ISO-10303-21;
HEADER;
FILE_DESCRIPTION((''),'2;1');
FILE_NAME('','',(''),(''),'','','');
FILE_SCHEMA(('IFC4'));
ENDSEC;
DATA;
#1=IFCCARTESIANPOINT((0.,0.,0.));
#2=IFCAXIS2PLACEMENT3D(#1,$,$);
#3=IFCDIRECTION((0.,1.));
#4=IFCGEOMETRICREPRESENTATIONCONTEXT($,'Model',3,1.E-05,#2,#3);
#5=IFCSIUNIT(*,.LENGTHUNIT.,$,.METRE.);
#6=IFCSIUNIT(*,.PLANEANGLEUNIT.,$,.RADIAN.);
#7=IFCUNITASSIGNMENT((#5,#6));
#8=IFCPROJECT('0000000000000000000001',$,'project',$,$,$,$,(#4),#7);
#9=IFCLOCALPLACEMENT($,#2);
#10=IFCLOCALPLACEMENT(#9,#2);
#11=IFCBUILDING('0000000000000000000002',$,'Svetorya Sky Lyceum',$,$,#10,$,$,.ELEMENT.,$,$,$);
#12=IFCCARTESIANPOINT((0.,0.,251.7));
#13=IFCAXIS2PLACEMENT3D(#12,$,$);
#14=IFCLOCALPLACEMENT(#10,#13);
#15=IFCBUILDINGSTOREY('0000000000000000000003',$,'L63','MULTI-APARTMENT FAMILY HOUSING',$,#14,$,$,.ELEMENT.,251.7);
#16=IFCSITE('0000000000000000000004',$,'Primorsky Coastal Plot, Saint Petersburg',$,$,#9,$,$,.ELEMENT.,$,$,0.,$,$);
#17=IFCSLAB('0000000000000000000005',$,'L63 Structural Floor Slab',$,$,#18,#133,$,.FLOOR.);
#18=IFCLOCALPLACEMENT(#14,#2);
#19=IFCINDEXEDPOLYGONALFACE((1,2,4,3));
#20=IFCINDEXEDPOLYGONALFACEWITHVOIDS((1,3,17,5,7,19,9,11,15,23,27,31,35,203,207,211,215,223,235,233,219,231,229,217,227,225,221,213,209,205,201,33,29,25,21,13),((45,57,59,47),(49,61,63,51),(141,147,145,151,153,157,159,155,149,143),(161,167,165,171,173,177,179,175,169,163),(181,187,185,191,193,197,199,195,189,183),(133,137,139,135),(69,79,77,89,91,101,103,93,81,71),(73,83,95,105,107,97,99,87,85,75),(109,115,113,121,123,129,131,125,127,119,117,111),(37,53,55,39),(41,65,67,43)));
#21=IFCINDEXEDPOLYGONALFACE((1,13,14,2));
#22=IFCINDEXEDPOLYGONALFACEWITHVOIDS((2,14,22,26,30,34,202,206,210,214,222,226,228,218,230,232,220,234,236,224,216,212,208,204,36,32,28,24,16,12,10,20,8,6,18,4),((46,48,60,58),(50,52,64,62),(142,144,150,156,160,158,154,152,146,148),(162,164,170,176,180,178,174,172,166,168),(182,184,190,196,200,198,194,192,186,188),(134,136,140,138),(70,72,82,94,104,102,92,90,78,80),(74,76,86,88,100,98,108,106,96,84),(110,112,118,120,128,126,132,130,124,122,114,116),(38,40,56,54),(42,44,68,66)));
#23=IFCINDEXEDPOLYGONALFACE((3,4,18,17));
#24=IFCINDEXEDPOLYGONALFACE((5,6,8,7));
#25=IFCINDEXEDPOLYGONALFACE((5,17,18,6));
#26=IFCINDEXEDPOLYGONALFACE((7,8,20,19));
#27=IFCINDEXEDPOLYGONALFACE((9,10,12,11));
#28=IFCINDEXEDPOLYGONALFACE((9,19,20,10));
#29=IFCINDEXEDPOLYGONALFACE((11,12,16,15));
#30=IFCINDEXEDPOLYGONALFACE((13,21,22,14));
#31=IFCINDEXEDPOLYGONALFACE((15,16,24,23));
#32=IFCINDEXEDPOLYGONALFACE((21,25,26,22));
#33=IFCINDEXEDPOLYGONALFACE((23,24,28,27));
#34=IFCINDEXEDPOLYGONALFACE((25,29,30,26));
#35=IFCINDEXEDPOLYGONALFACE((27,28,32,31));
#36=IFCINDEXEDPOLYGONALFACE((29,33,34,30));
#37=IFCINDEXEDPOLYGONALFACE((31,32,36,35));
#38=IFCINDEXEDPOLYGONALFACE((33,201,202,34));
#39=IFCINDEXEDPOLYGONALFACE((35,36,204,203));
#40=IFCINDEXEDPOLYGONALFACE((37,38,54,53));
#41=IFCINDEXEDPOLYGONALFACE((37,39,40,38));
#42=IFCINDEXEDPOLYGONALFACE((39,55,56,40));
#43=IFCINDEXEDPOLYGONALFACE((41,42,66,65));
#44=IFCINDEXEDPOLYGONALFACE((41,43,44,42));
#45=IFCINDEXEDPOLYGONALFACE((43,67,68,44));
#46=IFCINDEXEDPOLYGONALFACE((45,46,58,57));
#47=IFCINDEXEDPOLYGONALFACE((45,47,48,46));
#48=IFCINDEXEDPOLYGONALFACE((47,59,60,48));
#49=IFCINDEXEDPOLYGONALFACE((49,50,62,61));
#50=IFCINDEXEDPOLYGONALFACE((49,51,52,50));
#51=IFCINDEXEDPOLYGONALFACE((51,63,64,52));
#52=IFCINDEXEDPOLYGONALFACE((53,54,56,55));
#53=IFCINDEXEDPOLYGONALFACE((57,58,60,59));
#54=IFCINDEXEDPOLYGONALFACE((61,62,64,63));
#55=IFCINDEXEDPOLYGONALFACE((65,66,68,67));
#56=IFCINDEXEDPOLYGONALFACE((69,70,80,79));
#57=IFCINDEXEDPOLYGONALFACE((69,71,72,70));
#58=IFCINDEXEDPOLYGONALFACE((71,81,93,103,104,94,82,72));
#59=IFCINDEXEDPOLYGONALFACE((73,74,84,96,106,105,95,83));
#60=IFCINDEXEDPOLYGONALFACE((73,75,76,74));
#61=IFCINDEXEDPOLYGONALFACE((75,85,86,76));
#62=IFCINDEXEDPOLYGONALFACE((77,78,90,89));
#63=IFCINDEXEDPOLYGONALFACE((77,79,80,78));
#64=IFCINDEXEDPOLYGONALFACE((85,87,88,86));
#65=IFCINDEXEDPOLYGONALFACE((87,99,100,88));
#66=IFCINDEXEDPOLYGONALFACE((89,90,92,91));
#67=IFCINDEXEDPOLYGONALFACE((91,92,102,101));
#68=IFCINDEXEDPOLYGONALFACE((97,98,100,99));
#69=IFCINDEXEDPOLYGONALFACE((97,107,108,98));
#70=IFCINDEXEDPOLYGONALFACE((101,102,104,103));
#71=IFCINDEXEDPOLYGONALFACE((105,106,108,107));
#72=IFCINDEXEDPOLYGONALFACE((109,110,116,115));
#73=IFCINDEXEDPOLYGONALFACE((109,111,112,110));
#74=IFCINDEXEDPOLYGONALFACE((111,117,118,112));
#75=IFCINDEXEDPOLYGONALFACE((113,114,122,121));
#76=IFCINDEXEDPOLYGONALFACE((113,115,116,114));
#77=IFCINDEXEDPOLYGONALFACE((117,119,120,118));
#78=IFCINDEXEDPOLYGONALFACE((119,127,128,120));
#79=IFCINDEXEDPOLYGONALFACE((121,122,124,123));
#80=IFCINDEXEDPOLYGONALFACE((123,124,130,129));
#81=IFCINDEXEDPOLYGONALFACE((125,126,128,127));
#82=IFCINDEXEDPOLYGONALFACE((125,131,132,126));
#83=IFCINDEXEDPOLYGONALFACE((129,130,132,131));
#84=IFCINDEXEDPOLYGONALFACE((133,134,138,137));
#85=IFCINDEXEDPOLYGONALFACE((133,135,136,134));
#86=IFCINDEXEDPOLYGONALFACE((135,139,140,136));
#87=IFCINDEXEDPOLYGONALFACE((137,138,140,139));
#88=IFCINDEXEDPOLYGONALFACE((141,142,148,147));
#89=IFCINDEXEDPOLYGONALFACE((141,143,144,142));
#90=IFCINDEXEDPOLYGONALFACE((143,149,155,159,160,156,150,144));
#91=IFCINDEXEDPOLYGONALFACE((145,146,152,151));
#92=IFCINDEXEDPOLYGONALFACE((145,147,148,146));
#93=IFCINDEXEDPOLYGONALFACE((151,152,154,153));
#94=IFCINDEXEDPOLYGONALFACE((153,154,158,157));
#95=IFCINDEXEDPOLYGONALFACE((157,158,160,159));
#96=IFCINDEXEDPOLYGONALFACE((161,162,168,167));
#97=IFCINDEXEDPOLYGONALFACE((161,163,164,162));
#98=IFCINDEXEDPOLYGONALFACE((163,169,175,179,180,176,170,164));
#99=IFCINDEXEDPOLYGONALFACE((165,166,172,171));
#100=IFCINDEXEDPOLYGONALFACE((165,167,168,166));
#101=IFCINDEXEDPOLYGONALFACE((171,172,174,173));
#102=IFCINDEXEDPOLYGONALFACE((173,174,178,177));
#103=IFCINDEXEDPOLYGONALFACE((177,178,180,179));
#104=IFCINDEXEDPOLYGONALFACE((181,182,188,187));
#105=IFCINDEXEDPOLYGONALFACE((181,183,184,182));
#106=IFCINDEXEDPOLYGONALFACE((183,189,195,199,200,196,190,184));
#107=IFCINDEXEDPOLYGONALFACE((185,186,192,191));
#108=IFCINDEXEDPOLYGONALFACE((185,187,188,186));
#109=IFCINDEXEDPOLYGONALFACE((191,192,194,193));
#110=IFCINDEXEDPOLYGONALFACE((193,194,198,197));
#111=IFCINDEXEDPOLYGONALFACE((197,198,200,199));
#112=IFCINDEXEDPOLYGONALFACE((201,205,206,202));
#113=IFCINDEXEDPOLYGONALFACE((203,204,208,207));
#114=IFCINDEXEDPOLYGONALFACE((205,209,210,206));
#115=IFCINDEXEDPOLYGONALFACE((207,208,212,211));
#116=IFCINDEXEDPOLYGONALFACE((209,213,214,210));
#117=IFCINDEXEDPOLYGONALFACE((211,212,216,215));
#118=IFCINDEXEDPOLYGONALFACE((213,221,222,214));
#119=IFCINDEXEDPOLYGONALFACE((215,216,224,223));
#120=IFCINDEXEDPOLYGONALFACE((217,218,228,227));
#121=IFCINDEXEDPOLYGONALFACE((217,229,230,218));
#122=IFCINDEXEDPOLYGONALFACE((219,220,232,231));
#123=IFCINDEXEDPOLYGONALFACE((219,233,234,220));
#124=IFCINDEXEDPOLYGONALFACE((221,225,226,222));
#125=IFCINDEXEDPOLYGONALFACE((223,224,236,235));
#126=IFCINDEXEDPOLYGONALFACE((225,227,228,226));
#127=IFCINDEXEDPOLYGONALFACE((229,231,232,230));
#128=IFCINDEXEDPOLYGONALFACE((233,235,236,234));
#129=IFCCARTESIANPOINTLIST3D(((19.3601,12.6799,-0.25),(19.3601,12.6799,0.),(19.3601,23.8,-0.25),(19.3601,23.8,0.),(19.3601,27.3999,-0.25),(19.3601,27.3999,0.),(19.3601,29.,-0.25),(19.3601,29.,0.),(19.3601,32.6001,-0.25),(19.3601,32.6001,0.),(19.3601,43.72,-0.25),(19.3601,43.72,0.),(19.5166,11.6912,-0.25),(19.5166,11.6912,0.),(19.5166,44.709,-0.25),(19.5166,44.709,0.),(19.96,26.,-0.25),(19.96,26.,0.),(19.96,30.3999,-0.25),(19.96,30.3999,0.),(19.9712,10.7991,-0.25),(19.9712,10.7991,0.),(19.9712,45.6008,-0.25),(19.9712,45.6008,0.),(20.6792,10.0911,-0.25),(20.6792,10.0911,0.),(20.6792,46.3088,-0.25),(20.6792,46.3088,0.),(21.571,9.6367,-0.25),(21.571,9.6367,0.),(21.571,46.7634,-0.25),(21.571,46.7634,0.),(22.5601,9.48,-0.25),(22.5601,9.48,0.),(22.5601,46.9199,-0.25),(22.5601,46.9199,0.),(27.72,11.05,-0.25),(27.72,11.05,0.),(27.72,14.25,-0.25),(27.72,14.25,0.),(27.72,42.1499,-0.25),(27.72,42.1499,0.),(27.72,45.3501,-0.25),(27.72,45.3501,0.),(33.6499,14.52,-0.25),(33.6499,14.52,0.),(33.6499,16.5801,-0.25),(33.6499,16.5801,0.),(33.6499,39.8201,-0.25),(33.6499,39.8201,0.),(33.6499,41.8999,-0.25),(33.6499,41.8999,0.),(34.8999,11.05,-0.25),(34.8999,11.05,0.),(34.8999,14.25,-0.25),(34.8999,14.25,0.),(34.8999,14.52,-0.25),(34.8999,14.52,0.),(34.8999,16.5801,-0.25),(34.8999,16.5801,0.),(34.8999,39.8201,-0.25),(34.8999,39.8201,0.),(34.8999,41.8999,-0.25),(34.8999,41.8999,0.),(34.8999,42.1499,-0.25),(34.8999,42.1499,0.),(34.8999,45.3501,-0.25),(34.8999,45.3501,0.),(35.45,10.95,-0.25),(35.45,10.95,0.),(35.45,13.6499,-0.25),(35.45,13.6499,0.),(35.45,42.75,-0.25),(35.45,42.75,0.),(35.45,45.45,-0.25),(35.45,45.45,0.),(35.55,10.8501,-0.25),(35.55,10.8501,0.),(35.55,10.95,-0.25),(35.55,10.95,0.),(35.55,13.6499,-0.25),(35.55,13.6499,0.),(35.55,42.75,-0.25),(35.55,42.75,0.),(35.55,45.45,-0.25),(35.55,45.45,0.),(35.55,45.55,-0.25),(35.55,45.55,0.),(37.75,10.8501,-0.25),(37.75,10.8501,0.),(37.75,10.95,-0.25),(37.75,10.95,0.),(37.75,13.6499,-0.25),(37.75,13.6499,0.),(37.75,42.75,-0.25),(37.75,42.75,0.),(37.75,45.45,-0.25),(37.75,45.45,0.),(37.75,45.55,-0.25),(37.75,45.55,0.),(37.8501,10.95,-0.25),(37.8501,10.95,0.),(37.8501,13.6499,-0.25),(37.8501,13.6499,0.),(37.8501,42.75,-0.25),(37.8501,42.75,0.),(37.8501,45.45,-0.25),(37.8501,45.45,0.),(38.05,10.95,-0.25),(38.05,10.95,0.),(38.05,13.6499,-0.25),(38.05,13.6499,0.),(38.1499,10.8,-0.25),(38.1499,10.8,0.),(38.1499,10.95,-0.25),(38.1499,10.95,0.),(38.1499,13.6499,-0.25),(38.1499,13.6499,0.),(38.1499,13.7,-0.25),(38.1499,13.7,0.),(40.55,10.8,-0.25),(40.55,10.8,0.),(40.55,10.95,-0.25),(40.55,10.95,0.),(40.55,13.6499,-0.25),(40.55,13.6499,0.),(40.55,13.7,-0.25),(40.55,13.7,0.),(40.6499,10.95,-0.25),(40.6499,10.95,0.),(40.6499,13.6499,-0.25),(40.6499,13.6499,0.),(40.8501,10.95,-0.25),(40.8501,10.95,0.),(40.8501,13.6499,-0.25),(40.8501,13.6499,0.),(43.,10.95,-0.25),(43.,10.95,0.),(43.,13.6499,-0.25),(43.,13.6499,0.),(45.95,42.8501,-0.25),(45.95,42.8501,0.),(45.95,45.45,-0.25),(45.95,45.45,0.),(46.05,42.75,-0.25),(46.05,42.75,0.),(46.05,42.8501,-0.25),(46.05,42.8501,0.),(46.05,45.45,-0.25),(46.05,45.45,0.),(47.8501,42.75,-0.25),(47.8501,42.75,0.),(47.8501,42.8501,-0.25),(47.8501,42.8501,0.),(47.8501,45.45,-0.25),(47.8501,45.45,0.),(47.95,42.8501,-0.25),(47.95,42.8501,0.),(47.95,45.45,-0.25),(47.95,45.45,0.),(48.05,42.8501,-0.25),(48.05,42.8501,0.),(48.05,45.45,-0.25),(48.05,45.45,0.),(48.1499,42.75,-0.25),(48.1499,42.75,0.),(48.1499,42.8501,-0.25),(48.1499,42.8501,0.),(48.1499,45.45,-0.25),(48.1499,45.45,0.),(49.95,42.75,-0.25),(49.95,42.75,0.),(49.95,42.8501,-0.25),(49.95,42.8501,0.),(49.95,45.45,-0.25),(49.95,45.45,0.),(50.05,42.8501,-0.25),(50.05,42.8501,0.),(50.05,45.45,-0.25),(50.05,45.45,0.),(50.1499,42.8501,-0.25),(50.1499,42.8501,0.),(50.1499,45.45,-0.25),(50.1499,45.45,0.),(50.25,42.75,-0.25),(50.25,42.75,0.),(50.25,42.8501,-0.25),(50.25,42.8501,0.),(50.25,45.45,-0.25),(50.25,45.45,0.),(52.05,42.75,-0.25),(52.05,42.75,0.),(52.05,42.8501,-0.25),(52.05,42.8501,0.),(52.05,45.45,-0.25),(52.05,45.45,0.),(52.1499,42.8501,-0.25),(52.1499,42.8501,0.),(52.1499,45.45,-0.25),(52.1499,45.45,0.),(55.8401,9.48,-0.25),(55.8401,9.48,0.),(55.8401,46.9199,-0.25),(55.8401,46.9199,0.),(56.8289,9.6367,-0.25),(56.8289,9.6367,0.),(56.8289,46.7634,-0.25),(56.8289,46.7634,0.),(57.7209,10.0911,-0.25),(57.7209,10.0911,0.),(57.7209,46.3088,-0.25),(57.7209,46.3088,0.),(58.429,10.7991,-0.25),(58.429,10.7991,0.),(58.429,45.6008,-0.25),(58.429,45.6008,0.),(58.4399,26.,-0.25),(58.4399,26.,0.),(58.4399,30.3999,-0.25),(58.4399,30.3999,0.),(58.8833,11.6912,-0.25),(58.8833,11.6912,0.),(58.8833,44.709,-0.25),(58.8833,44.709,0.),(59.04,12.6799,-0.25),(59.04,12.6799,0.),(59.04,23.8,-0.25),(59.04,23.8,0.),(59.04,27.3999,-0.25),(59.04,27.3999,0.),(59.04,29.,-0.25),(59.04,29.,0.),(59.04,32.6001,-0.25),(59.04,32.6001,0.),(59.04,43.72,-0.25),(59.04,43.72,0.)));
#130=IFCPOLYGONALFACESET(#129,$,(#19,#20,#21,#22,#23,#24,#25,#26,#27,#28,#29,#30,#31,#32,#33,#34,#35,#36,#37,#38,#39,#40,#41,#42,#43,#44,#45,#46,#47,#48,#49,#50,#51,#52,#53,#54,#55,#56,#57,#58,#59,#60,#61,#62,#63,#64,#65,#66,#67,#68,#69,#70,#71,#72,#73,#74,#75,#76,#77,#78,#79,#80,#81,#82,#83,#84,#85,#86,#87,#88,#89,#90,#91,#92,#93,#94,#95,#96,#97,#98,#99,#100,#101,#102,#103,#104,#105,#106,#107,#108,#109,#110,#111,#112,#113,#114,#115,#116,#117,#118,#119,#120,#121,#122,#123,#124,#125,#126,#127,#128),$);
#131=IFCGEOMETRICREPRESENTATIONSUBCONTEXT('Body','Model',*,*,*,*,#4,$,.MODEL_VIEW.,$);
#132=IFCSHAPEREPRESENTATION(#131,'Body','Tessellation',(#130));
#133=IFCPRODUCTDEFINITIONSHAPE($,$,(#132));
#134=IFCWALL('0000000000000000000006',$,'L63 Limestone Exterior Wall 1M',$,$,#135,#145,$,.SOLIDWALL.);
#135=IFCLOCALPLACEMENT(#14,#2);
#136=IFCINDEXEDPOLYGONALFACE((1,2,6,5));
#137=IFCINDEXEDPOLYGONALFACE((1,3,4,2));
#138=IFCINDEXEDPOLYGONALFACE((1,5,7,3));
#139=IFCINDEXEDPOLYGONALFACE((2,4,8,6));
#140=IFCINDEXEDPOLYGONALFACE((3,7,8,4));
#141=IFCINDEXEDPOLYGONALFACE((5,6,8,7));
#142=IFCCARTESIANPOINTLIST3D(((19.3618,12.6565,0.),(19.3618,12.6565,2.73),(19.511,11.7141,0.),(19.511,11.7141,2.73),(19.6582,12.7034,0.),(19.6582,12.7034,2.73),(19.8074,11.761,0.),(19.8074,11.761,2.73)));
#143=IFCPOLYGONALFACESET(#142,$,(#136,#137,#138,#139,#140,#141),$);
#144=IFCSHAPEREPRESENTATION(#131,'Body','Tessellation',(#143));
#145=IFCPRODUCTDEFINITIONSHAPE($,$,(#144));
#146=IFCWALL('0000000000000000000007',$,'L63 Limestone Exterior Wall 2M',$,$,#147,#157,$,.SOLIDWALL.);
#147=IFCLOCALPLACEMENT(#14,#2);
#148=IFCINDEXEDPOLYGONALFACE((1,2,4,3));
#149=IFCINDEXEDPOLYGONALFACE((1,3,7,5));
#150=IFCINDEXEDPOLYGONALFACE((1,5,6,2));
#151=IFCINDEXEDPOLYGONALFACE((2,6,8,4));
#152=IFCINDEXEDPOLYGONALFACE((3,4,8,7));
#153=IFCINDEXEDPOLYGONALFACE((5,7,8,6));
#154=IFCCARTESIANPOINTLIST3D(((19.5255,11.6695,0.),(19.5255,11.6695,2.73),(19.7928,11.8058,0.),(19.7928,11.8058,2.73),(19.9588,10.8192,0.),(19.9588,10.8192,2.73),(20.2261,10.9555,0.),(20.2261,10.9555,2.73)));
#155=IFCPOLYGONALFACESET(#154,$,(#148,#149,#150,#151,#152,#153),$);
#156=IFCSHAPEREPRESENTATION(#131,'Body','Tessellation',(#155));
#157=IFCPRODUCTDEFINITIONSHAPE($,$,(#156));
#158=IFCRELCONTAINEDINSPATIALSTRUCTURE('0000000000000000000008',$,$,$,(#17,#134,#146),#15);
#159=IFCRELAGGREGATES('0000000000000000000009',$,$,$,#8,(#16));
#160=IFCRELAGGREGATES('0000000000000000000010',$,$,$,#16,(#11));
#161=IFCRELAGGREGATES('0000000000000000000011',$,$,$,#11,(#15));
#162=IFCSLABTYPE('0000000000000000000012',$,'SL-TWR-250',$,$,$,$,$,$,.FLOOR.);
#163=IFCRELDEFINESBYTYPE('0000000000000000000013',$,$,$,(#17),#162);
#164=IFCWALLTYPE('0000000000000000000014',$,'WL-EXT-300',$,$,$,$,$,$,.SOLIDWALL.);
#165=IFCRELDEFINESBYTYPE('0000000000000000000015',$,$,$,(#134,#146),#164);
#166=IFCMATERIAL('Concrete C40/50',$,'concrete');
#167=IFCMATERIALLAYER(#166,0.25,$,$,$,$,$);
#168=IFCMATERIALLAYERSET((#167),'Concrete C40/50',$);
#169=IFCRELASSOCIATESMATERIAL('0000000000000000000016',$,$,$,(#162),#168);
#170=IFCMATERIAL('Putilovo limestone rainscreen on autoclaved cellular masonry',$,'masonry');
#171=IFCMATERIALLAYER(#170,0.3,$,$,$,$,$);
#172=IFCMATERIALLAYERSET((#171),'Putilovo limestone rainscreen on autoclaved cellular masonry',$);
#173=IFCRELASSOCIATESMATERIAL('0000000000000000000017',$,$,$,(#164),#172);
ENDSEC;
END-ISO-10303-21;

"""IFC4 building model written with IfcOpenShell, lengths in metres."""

from ifc_helpers import new_model, si_unit, direction, frame, frame_2d, origin, place, context, subcontext, project, spatial, polyline, rectangle, outline, extrude, material, layer, layer_set, type_object, element, save


model = new_model("IFC4")

# Units and contexts
model_context = context("Model", 3, precision=1e-05, world=origin(), true_north=direction((0.0, 1.0)))
body_context = subcontext(model_context, "Body", "Model", "MODEL_VIEW")
ifc_project = project(units=[si_unit("LENGTHUNIT", "METRE"), si_unit("PLANEANGLEUNIT", "RADIAN")], contexts=[model_context])

# Site, building, storey
site_placement = place(None, origin())
site = spatial("IfcSite", under=ifc_project, at=site_placement, Name="Primorsky Coastal Plot, Saint Petersburg", CompositionType="ELEMENT", RefElevation=0.0)
building_placement = place(site_placement, origin())
building = spatial("IfcBuilding", under=site, at=building_placement, Name="Svetorya Sky Lyceum", CompositionType="ELEMENT")
storey_placement = place(building_placement, frame((0.0, 0.0, 251.7)))
storey = spatial("IfcBuildingStorey", under=building, at=storey_placement, Name="L63", Description="MULTI-APARTMENT FAMILY HOUSING", CompositionType="ELEMENT", Elevation=251.7)

# Shared definitions
ifc_material_1 = material(Name="Concrete C40/50", Category="concrete")

# Slab
ifc_layer_1 = layer(ifc_material_1, 0.25)
ifc_layer_set_1 = layer_set([ifc_layer_1], Name="Concrete C40/50")
slab_type_1 = type_object("IfcSlabType", Name="SL-TWR-250", PredefinedType="FLOOR", material=ifc_layer_set_1)
slab_1_placement = place(storey_placement, frame((0.0, 0.0, -0.25)))
element("IfcSlab", 1, at=slab_1_placement, inside=storey, type_object=slab_type_1, Name="L63 Structural Floor Slab", PredefinedType="FLOOR", context=body_context, shape_type="SweptSolid", body=[
    extrude(outline(polyline([(19.3601, 12.6799), (19.5166, 11.6912), (19.9712, 10.7991), (20.6792, 10.0911), (21.571, 9.6367), (22.5601, 9.48), (55.8401, 9.48), (56.8289, 9.6367), (57.7209, 10.0911), (58.429, 10.7991), (58.8833, 11.6912), (59.04, 12.6799), (59.04, 23.8), (58.4399, 26.0), (59.04, 27.3999), (59.04, 29.0), (58.4399, 30.3999), (59.04, 32.6001), (59.04, 43.72), (58.8833, 44.709), (58.429, 45.6008), (57.7209, 46.3088), (56.8289, 46.7634), (55.8401, 46.9199), (22.5601, 46.9199), (21.571, 46.7634), (20.6792, 46.3088), (19.9712, 45.6008), (19.5166, 44.709), (19.3601, 43.72), (19.3601, 32.6001), (19.96, 30.3999), (19.3601, 29.0), (19.3601, 27.3999), (19.96, 26.0), (19.3601, 23.8), (19.3601, 12.6799)]), holes=[polyline([(37.8501, 10.95), (37.75, 10.95), (37.75, 10.8501), (35.55, 10.8501), (35.55, 10.95), (35.45, 10.95), (35.45, 13.6499), (35.55, 13.6499), (37.75, 13.6499), (37.8501, 13.6499), (37.8501, 10.95)]), polyline([(38.1499, 10.8), (38.1499, 10.95), (38.05, 10.95), (38.05, 13.6499), (38.1499, 13.6499), (38.1499, 13.7), (40.55, 13.7), (40.55, 13.6499), (40.6499, 13.6499), (40.6499, 10.95), (40.55, 10.95), (40.55, 10.8), (38.1499, 10.8)]), polyline([(27.72, 11.05), (27.72, 14.25), (34.8999, 14.25), (34.8999, 11.05), (27.72, 11.05)]), polyline([(33.6499, 14.52), (33.6499, 16.5801), (34.8999, 16.5801), (34.8999, 14.52), (33.6499, 14.52)]), polyline([(33.6499, 39.8201), (33.6499, 41.8999), (34.8999, 41.8999), (34.8999, 39.8201), (33.6499, 39.8201)]), polyline([(27.72, 42.1499), (27.72, 45.3501), (34.8999, 45.3501), (34.8999, 42.1499), (27.72, 42.1499)]), polyline([(37.75, 42.75), (35.55, 42.75), (35.45, 42.75), (35.45, 45.45), (35.55, 45.45), (35.55, 45.55), (37.75, 45.55), (37.75, 45.45), (37.8501, 45.45), (37.8501, 42.75), (37.75, 42.75)]), polyline([(40.8501, 10.95), (40.8501, 13.6499), (43.0, 13.6499), (43.0, 10.95), (40.8501, 10.95)]), polyline([(46.05, 42.75), (46.05, 42.8501), (45.95, 42.8501), (45.95, 45.45), (46.05, 45.45), (47.8501, 45.45), (47.95, 45.45), (47.95, 42.8501), (47.8501, 42.8501), (47.8501, 42.75), (46.05, 42.75)]), polyline([(50.05, 42.8501), (49.95, 42.8501), (49.95, 42.75), (48.1499, 42.75), (48.1499, 42.8501), (48.05, 42.8501), (48.05, 45.45), (48.1499, 45.45), (49.95, 45.45), (50.05, 45.45), (50.05, 42.8501)]), polyline([(52.1499, 42.8501), (52.05, 42.8501), (52.05, 42.75), (50.25, 42.75), (50.25, 42.8501), (50.1499, 42.8501), (50.1499, 45.45), (50.25, 45.45), (52.05, 45.45), (52.1499, 45.45), (52.1499, 42.8501)])]), origin(), (0.0, 0.0, 1.0), 0.25),
])

# Walls
ifc_material_2 = material(Name="Putilovo limestone rainscreen on autoclaved cellular masonry", Category="masonry")
ifc_layer_2 = layer(ifc_material_2, 0.3)
ifc_layer_set_2 = layer_set([ifc_layer_2], Name="Putilovo limestone rainscreen on autoclaved cellular masonry")
wall_type = type_object("IfcWallType", Name="WL-EXT-300", PredefinedType="SOLIDWALL", material=ifc_layer_set_2)
wall_1_placement = place(storey_placement, frame((19.51, 12.6799, 0.0), z_axis=(0.0, 0.0, 1.0), x_axis=(0.156344, -0.987703, 0.0)))
element("IfcWall", 2, at=wall_1_placement, inside=storey, type_object=wall_type, Name="L63 Limestone Exterior Wall 1M", PredefinedType="SOLIDWALL", context=body_context, shape_type="SweptSolid", body=[
    extrude(rectangle(XDim=0.9541, YDim=0.3, at=frame_2d((0.4771, 0.0))), origin(), (0.0, 0.0, 1.0), 2.73),
])
wall_2_placement = place(storey_placement, frame((19.6592, 11.7375, 0.0), z_axis=(0.0, 0.0, 1.0), x_axis=(0.454056, -0.890973, 0.0)))
element("IfcWall", 3, at=wall_2_placement, inside=storey, type_object=wall_type, Name="L63 Limestone Exterior Wall 2M", PredefinedType="SOLIDWALL", context=body_context, shape_type="SweptSolid", body=[
    extrude(rectangle(XDim=0.9543, YDim=0.3, at=frame_2d((0.4771, 0.0))), origin(), (0.0, 0.0, 1.0), 2.73),
])

save(model, "model.ifc")
